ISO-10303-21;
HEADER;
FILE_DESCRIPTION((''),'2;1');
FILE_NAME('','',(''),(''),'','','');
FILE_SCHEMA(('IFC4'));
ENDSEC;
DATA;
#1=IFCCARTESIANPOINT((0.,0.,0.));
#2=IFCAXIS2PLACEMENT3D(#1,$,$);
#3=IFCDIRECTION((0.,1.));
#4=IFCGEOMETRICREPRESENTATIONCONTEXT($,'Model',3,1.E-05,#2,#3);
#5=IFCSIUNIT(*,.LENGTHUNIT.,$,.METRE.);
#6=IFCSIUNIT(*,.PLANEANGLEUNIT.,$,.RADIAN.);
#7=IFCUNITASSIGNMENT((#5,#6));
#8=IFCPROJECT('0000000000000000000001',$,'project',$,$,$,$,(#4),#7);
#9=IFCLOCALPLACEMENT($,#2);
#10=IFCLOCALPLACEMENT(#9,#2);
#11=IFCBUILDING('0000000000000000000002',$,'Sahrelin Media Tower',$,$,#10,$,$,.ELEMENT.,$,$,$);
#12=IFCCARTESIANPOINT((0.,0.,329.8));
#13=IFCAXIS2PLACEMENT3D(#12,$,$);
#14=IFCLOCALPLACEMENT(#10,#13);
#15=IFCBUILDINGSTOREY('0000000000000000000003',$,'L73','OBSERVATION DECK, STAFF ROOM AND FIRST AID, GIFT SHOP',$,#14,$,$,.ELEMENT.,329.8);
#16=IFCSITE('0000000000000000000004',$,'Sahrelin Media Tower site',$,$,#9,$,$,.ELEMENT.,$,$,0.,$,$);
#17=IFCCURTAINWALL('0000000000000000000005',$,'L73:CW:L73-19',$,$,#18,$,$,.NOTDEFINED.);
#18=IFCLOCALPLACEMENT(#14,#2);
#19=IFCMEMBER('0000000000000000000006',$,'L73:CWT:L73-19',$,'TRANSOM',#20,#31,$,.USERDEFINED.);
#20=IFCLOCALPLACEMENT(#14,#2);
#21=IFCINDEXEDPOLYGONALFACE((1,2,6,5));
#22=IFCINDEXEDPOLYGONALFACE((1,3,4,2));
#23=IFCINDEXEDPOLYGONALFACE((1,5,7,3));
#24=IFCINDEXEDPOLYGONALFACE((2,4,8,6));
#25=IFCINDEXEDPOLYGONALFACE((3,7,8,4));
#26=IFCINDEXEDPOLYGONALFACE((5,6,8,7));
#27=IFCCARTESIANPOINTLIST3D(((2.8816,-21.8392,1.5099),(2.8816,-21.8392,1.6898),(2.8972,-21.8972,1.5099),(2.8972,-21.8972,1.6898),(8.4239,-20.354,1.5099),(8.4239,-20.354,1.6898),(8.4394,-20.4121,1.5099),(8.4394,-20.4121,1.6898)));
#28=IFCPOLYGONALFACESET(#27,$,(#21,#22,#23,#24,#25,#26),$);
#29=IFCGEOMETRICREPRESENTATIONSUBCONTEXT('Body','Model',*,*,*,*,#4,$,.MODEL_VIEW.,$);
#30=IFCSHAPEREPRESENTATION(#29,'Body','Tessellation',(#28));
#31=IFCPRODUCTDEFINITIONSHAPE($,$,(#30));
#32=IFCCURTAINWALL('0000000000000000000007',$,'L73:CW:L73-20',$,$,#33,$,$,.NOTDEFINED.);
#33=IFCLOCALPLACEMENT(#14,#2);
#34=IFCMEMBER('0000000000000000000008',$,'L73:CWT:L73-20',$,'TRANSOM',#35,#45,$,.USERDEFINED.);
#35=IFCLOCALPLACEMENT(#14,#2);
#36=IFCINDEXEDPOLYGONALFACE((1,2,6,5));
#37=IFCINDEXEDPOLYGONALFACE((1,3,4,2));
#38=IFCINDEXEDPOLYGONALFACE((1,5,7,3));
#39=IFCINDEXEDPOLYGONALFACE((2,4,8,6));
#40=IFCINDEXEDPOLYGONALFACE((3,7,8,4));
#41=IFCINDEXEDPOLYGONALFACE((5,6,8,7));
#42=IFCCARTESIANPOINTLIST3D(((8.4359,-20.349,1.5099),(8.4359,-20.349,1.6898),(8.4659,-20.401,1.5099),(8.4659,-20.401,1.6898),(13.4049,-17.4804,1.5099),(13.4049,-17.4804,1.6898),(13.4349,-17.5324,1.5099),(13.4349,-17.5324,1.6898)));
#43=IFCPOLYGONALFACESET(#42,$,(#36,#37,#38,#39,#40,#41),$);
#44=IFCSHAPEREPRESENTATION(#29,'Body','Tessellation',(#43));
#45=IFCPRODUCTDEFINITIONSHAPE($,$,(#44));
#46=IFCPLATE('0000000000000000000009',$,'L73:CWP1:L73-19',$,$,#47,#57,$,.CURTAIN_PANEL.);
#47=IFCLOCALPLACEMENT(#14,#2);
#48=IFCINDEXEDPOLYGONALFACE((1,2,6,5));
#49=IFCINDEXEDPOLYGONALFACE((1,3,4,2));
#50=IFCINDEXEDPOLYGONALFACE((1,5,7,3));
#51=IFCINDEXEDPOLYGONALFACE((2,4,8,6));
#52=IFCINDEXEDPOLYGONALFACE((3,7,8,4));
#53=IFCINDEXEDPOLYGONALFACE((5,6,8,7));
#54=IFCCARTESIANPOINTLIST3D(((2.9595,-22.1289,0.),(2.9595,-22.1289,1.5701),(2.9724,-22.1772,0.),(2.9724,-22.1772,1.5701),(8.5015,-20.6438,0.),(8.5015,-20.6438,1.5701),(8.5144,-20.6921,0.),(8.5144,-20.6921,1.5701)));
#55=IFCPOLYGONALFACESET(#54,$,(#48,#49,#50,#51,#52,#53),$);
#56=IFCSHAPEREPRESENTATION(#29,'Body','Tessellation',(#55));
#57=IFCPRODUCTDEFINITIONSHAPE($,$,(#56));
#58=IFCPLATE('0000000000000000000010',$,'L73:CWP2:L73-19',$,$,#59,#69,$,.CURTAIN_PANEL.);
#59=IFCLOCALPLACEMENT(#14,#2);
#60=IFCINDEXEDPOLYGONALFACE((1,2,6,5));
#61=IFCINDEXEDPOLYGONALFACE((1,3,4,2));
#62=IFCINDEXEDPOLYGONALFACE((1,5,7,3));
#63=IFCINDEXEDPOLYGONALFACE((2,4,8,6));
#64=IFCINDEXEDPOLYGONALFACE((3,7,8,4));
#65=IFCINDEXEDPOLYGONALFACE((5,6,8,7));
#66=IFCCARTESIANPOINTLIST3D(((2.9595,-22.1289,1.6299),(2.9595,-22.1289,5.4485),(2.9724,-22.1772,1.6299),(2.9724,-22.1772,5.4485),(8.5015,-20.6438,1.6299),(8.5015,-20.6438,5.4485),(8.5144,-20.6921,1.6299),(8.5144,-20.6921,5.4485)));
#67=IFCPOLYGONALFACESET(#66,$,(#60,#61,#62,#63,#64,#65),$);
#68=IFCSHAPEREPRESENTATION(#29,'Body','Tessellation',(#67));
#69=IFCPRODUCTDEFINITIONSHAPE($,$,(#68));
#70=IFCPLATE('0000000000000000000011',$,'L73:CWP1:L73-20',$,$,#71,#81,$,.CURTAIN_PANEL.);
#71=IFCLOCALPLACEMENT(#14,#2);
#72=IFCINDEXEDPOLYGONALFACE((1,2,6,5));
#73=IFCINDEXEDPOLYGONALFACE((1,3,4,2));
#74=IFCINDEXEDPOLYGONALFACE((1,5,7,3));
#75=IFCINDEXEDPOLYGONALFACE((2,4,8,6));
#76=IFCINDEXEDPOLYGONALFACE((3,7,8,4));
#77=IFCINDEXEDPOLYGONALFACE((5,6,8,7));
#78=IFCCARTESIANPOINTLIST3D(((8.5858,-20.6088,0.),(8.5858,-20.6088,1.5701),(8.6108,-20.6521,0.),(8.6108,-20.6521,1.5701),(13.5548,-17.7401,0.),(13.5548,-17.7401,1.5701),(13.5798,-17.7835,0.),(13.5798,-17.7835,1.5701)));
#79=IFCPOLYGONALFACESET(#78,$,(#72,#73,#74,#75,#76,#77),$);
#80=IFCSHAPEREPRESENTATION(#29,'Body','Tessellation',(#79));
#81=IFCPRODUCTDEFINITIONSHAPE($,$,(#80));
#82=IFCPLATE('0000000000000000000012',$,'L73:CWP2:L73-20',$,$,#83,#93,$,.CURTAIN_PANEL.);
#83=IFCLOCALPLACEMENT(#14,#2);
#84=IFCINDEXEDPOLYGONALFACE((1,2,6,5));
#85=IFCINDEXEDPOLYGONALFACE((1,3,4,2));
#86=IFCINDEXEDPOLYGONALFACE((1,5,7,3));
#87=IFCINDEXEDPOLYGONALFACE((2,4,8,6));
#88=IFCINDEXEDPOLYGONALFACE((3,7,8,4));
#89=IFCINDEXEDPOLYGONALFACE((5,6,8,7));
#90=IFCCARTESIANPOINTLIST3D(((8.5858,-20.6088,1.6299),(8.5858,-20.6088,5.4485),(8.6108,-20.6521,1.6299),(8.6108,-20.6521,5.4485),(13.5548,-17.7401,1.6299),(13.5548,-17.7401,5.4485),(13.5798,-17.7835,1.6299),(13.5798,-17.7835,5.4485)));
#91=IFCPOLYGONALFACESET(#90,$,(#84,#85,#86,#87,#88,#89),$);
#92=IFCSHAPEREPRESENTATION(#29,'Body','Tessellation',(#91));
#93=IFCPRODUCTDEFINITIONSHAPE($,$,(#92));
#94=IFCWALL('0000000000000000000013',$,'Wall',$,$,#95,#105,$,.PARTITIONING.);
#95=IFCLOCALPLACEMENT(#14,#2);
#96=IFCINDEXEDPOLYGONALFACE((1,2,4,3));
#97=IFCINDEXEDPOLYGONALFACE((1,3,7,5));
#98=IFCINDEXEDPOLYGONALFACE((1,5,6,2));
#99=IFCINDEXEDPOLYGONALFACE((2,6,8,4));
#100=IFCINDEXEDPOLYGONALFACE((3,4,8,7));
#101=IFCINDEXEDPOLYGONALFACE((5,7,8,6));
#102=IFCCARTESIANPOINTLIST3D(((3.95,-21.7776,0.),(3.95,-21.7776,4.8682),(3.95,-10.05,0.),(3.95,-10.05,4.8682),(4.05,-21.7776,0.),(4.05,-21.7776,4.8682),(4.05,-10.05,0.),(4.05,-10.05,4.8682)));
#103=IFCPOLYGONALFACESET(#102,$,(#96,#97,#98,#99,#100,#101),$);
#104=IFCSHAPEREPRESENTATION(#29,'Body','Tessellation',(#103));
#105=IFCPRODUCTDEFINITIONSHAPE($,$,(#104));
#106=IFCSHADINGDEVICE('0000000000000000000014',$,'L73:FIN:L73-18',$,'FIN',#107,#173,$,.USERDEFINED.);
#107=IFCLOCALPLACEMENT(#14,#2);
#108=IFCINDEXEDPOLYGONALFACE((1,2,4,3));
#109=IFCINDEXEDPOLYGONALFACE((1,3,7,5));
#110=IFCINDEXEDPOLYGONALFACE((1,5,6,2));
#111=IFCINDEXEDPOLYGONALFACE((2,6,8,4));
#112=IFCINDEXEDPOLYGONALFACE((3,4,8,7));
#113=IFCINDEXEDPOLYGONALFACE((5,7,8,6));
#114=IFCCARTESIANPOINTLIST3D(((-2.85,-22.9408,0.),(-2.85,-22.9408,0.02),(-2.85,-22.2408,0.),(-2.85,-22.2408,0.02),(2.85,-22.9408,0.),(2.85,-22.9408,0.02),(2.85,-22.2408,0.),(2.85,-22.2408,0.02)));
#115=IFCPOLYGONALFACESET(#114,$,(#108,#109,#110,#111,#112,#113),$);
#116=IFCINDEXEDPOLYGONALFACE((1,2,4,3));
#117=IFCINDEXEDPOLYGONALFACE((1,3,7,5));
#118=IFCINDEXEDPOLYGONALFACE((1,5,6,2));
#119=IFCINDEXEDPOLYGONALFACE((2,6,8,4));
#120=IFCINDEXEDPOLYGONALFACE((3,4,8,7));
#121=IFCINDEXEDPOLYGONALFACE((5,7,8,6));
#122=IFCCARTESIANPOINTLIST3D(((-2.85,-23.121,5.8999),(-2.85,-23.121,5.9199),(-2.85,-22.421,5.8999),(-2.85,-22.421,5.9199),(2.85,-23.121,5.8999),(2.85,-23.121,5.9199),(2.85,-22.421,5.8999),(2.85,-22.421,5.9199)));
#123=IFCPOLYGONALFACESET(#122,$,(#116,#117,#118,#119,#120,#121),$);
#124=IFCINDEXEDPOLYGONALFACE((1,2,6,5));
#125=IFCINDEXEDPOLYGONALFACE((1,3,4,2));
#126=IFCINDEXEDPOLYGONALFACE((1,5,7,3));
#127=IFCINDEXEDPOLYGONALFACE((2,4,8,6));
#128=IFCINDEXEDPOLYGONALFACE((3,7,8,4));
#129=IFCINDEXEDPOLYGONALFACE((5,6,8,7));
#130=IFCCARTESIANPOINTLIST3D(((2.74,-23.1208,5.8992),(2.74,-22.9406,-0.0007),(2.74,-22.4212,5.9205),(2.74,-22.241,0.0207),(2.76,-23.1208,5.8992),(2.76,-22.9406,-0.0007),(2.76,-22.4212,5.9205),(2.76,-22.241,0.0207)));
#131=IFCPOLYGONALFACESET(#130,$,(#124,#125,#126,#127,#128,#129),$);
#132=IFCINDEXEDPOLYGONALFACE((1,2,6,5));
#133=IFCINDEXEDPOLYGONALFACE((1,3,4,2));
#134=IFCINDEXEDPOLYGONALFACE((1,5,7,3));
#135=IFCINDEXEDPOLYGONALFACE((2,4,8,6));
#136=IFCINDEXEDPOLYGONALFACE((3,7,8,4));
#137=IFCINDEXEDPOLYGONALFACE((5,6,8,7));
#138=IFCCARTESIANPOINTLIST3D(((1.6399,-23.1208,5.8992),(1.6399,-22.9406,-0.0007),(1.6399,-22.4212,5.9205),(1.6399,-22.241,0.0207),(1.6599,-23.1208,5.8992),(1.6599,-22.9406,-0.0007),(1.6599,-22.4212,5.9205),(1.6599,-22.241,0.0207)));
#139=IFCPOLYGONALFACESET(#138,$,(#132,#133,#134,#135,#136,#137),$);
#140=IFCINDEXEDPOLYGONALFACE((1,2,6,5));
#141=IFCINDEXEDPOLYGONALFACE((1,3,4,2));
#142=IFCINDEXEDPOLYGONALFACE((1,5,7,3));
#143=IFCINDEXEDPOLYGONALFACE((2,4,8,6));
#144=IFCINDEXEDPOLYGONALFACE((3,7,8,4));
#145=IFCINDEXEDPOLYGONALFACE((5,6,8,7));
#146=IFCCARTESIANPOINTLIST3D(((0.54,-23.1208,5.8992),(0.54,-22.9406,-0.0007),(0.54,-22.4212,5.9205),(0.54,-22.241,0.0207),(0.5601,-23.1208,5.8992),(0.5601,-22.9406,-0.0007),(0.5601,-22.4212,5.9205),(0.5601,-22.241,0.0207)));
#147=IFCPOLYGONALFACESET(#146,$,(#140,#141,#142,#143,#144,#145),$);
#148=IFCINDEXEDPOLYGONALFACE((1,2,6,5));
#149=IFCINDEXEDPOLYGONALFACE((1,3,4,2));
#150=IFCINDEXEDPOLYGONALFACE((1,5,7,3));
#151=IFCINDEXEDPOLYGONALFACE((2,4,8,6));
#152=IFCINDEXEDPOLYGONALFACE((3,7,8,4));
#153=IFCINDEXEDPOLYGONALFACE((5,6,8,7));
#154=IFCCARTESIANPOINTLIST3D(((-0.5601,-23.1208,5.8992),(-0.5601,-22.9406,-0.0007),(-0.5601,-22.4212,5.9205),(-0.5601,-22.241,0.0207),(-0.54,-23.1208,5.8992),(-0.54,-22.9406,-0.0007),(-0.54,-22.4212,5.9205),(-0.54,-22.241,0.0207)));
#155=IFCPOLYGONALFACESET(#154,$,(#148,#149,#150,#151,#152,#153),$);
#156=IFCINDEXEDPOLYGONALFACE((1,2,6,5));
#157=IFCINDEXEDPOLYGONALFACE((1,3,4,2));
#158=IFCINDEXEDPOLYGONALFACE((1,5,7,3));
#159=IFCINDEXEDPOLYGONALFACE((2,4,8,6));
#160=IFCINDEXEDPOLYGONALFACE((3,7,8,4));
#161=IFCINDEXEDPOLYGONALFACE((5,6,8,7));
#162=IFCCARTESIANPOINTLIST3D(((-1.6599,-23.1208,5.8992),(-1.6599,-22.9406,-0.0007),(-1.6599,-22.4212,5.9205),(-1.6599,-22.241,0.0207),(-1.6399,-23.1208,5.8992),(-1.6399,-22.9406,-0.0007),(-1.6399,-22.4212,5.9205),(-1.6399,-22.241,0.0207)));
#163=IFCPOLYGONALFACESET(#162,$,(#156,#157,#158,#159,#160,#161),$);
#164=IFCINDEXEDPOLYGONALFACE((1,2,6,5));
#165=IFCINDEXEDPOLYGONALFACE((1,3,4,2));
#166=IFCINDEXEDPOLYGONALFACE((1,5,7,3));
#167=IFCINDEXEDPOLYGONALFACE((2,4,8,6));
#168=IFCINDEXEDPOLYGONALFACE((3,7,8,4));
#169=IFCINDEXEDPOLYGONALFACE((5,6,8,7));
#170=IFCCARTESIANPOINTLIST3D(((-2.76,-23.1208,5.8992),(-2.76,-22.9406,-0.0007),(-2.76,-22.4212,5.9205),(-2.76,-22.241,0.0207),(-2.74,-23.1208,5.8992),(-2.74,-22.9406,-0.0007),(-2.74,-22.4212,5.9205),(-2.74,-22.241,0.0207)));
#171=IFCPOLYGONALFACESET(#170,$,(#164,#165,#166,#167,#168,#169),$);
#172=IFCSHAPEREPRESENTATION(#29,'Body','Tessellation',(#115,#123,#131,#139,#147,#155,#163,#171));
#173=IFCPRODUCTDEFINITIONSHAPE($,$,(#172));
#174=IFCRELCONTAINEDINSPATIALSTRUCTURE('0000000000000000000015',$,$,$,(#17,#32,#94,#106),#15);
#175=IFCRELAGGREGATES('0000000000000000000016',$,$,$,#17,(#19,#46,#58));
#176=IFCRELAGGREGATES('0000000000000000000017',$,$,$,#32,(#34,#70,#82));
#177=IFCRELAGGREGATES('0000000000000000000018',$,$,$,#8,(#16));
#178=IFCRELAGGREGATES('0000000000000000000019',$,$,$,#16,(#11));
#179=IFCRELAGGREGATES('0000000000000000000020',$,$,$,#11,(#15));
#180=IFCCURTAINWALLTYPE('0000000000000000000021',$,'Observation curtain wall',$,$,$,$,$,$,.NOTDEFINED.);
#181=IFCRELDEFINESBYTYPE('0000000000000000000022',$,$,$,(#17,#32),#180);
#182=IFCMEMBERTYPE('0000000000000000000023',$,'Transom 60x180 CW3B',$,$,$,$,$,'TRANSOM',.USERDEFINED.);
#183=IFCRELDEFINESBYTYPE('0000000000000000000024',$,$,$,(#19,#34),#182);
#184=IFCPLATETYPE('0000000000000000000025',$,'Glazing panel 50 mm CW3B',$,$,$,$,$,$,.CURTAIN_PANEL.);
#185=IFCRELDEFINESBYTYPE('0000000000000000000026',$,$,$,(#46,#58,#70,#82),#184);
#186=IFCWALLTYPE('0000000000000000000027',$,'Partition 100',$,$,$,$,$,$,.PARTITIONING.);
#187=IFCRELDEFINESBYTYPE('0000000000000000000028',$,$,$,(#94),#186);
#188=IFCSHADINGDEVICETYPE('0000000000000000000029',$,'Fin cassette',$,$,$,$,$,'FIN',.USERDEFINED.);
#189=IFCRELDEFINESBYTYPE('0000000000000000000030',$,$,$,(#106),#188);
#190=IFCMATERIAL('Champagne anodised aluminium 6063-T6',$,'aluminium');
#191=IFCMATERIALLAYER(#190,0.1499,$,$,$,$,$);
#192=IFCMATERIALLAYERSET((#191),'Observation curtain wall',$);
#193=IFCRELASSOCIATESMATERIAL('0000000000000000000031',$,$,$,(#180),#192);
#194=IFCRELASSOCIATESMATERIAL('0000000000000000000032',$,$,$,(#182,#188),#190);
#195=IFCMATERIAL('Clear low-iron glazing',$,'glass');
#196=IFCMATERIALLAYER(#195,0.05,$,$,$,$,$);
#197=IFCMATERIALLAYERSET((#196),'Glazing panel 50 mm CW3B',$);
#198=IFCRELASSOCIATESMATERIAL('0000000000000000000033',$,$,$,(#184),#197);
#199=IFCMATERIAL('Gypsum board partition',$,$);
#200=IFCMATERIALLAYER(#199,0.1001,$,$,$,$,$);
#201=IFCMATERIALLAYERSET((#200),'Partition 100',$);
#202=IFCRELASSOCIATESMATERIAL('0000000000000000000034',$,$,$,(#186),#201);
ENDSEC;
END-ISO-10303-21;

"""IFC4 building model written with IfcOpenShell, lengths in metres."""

from ifc_helpers import new_model, si_unit, direction, frame, frame_2d, origin, origin_2d, place, context, subcontext, project, spatial, polyline, rectangle, outline, extrude, material, layer, layer_set, material_profile, profile_set, type_object, element, aggregate, save


model = new_model("IFC4")

# Units and contexts
model_context = context("Model", 3, precision=1e-05, world=origin(), true_north=direction((0.0, 1.0)))
body_context = subcontext(model_context, "Body", "Model", "MODEL_VIEW")
ifc_project = project(units=[si_unit("LENGTHUNIT", "METRE"), si_unit("PLANEANGLEUNIT", "RADIAN")], contexts=[model_context])

# Site, building, storey
site_placement = place(None, origin())
site = spatial("IfcSite", under=ifc_project, at=site_placement, Name="Sahrelin Media Tower site", CompositionType="ELEMENT", RefElevation=0.0)
building_placement = place(site_placement, origin())
building = spatial("IfcBuilding", under=site, at=building_placement, Name="Sahrelin Media Tower", CompositionType="ELEMENT")
storey_placement = place(building_placement, frame((0.0, 0.0, 329.8)))
storey = spatial("IfcBuildingStorey", under=building, at=storey_placement, Name="L73", Description="OBSERVATION DECK, STAFF ROOM AND FIRST AID, GIFT SHOP", CompositionType="ELEMENT", Elevation=329.8)

# Curtain wall
ifc_material_1 = material(Name="Champagne anodised aluminium 6063-T6", Category="aluminium")
ifc_layer_1 = layer(ifc_material_1, 0.1499)
ifc_layer_set_1 = layer_set([ifc_layer_1], Name="Observation curtain wall")
curtain_wall_type = type_object("IfcCurtainWallType", Name="Observation curtain wall", PredefinedType="NOTDEFINED", material=ifc_layer_set_1)
curtain_wall_1_placement = place(storey_placement, frame((5.7383, -21.4153, 0.0), z_axis=(0.0, 0.0, 1.0), x_axis=(1.0, 0.0, 0.0)))
curtain_wall_1 = element("IfcCurtainWall", 1, at=curtain_wall_1_placement, inside=storey, type_object=curtain_wall_type, Name="L73:CW:L73-19", PredefinedType="NOTDEFINED")

# Member
ifc_material_profile_1 = material_profile(ifc_material_1, rectangle(XDim=0.0601, YDim=0.1799, at=origin_2d()), Name="Transom 60x180")
ifc_profile_set_1 = profile_set([ifc_material_profile_1], Name="Champagne anodised aluminium 6063-T6")
member_type_1 = type_object("IfcMemberType", Name="Transom 60x180 CW3B", ElementType="TRANSOM", PredefinedType="USERDEFINED", material=ifc_profile_set_1)
member_1_placement = place(storey_placement, frame((2.8894, -21.8682, 1.5999), z_axis=(0.965923, 0.25883, 0.0), x_axis=(-0.25883, 0.965923, 0.0)))
member_1 = element("IfcMember", 2, at=member_1_placement, type_object=member_type_1, Name="L73:CWT:L73-19", ObjectType="TRANSOM", PredefinedType="USERDEFINED", context=body_context, shape_type="SweptSolid", body=[
    extrude(rectangle(XDim=0.0601, YDim=0.1799, at=origin_2d()), origin(), (0.0, 0.0, 1.0), 5.7378),
])

# Curtain wall, member
curtain_wall_2_placement = place(storey_placement, frame((11.0854, -19.2004, 0.0), z_axis=(0.0, 0.0, 1.0), x_axis=(1.0, 0.0, 0.0)))
curtain_wall_2 = element("IfcCurtainWall", 3, at=curtain_wall_2_placement, inside=storey, type_object=curtain_wall_type, Name="L73:CW:L73-20", PredefinedType="NOTDEFINED")
member_2_placement = place(storey_placement, frame((8.4509, -20.375, 1.5999), z_axis=(0.86604, 0.499974, 0.0), x_axis=(-0.499974, 0.86604, 0.0)))
member_2 = element("IfcMember", 4, at=member_2_placement, type_object=member_type_1, Name="L73:CWT:L73-20", ObjectType="TRANSOM", PredefinedType="USERDEFINED", context=body_context, shape_type="SweptSolid", body=[
    extrude(rectangle(XDim=0.0601, YDim=0.1799, at=origin_2d()), origin(), (0.0, 0.0, 1.0), 5.7375),
])

# Plates
ifc_material_2 = material(Name="Clear low-iron glazing", Category="glass")
ifc_layer_2 = layer(ifc_material_2, 0.05)
ifc_layer_set_2 = layer_set([ifc_layer_2], Name="Glazing panel 50 mm CW3B")
plate_type = type_object("IfcPlateType", Name="Glazing panel 50 mm CW3B", PredefinedType="CURTAIN_PANEL", material=ifc_layer_set_2)
plate_1_placement = place(storey_placement, frame((2.9724, -22.1772, 0.0), z_axis=(0.258841, -0.96592, 0.0), x_axis=(0.96592, 0.258841, 0.0)))
plate_1 = element("IfcPlate", 5, at=plate_1_placement, type_object=plate_type, Name="L73:CWP1:L73-19", PredefinedType="CURTAIN_PANEL", context=body_context, shape_type="SweptSolid", body=[
    extrude(outline(polyline([(0.0, 0.0), (5.7375, 0.0), (5.7375, 1.5701), (0.0, 1.5701), (0.0, 0.0)])), origin(), (0.0, 0.0, -1.0), 0.05),
])
plate_2_placement = place(storey_placement, frame((2.9724, -22.1772, 1.6299), z_axis=(0.258841, -0.96592, 0.0), x_axis=(0.96592, 0.258841, 0.0)))
plate_2 = element("IfcPlate", 6, at=plate_2_placement, type_object=plate_type, Name="L73:CWP2:L73-19", PredefinedType="CURTAIN_PANEL", context=body_context, shape_type="SweptSolid", body=[
    extrude(outline(polyline([(0.0, 0.0), (5.7375, 0.0), (5.7375, 3.8186), (0.0, 3.8186), (0.0, 0.0)])), origin(), (0.0, 0.0, -1.0), 0.05),
])
aggregate(curtain_wall_1, [member_1, plate_1, plate_2])
plate_3_placement = place(storey_placement, frame((8.6108, -20.6521, 0.0), z_axis=(0.499974, -0.86604, 0.0), x_axis=(0.86604, 0.499974, 0.0)))
plate_3 = element("IfcPlate", 7, at=plate_3_placement, type_object=plate_type, Name="L73:CWP1:L73-20", PredefinedType="CURTAIN_PANEL", context=body_context, shape_type="SweptSolid", body=[
    extrude(outline(polyline([(0.0, 0.0), (5.7375, 0.0), (5.7375, 1.5701), (0.0, 1.5701), (0.0, 0.0)])), origin(), (0.0, 0.0, -1.0), 0.05),
])
plate_4_placement = place(storey_placement, frame((8.6108, -20.6521, 1.6299), z_axis=(0.499974, -0.86604, 0.0), x_axis=(0.86604, 0.499974, 0.0)))
plate_4 = element("IfcPlate", 8, at=plate_4_placement, type_object=plate_type, Name="L73:CWP2:L73-20", PredefinedType="CURTAIN_PANEL", context=body_context, shape_type="SweptSolid", body=[
    extrude(outline(polyline([(0.0, 0.0), (5.7375, 0.0), (5.7375, 3.8186), (0.0, 3.8186), (0.0, 0.0)])), origin(), (0.0, 0.0, -1.0), 0.05),
])
aggregate(curtain_wall_2, [member_2, plate_3, plate_4])

# Wall
ifc_material_3 = material(Name="Gypsum board partition")
ifc_layer_3 = layer(ifc_material_3, 0.1001)
ifc_layer_set_3 = layer_set([ifc_layer_3], Name="Partition 100")
wall_type = type_object("IfcWallType", Name="Partition 100", PredefinedType="PARTITIONING", material=ifc_layer_set_3)
wall_placement = place(storey_placement, frame((4.0, -10.05, 0.0), z_axis=(0.0, 0.0, 1.0), x_axis=(0.0, -1.0, 0.0)))
element("IfcWall", 9, at=wall_placement, inside=storey, type_object=wall_type, Name="Wall", PredefinedType="PARTITIONING", context=body_context, shape_type="SweptSolid", body=[
    extrude(rectangle(XDim=11.7275, YDim=0.1001, at=frame_2d((5.8638, 0.0))), origin(), (0.0, 0.0, 1.0), 4.8682),
])

# Shading device
shading_device_type_1 = type_object("IfcShadingDeviceType", Name="Fin cassette", ElementType="FIN", PredefinedType="USERDEFINED", material=ifc_material_1)
placement_1 = place(storey_placement, frame((0.0, -22.1709, 0.0), z_axis=(0.0, 0.0, 1.0), x_axis=(-1.0, 0.0, 0.0)))
element("IfcShadingDevice", 10, at=placement_1, inside=storey, type_object=shading_device_type_1, Name="L73:FIN:L73-18", ObjectType="FIN", PredefinedType="USERDEFINED", context=body_context, shape_type="SweptSolid", body=[
    extrude(rectangle(XDim=5.7, YDim=0.7, at=origin_2d()), frame((0.0, 0.4199, 0.0)), (0.0, 0.0, 1.0), 0.02),
    extrude(rectangle(XDim=5.7, YDim=0.7, at=origin_2d()), frame((0.0, 0.6001, 5.8999)), (0.0, 0.0, 1.0), 0.02),
    extrude(rectangle(XDim=0.02, YDim=0.7, at=origin_2d()), frame((-2.75, 0.4199, 0.01), z_axis=(0.0, 0.030525, 0.999534), x_axis=(-1.0, 0.0, 0.0)), (0.0, 0.0, 1.0), 5.9026),
    extrude(rectangle(XDim=0.02, YDim=0.7, at=origin_2d()), frame((-1.6499, 0.4199, 0.01), z_axis=(0.0, 0.030525, 0.999534), x_axis=(-1.0, 0.0, 0.0)), (0.0, 0.0, 1.0), 5.9026),
    extrude(rectangle(XDim=0.02, YDim=0.7, at=origin_2d()), frame((-0.55, 0.4199, 0.01), z_axis=(0.0, 0.030525, 0.999534), x_axis=(-1.0, 0.0, 0.0)), (0.0, 0.0, 1.0), 5.9026),
    extrude(rectangle(XDim=0.02, YDim=0.7, at=origin_2d()), frame((0.55, 0.4199, 0.01), z_axis=(0.0, 0.030525, 0.999534), x_axis=(-1.0, 0.0, 0.0)), (0.0, 0.0, 1.0), 5.9026),
    extrude(rectangle(XDim=0.02, YDim=0.7, at=origin_2d()), frame((1.6499, 0.4199, 0.01), z_axis=(0.0, 0.030525, 0.999534), x_axis=(-1.0, 0.0, 0.0)), (0.0, 0.0, 1.0), 5.9026),
    extrude(rectangle(XDim=0.02, YDim=0.7, at=origin_2d()), frame((2.75, 0.4199, 0.01), z_axis=(0.0, 0.030525, 0.999534), x_axis=(-1.0, 0.0, 0.0)), (0.0, 0.0, 1.0), 5.9026),
])

save(model, "model.ifc")
